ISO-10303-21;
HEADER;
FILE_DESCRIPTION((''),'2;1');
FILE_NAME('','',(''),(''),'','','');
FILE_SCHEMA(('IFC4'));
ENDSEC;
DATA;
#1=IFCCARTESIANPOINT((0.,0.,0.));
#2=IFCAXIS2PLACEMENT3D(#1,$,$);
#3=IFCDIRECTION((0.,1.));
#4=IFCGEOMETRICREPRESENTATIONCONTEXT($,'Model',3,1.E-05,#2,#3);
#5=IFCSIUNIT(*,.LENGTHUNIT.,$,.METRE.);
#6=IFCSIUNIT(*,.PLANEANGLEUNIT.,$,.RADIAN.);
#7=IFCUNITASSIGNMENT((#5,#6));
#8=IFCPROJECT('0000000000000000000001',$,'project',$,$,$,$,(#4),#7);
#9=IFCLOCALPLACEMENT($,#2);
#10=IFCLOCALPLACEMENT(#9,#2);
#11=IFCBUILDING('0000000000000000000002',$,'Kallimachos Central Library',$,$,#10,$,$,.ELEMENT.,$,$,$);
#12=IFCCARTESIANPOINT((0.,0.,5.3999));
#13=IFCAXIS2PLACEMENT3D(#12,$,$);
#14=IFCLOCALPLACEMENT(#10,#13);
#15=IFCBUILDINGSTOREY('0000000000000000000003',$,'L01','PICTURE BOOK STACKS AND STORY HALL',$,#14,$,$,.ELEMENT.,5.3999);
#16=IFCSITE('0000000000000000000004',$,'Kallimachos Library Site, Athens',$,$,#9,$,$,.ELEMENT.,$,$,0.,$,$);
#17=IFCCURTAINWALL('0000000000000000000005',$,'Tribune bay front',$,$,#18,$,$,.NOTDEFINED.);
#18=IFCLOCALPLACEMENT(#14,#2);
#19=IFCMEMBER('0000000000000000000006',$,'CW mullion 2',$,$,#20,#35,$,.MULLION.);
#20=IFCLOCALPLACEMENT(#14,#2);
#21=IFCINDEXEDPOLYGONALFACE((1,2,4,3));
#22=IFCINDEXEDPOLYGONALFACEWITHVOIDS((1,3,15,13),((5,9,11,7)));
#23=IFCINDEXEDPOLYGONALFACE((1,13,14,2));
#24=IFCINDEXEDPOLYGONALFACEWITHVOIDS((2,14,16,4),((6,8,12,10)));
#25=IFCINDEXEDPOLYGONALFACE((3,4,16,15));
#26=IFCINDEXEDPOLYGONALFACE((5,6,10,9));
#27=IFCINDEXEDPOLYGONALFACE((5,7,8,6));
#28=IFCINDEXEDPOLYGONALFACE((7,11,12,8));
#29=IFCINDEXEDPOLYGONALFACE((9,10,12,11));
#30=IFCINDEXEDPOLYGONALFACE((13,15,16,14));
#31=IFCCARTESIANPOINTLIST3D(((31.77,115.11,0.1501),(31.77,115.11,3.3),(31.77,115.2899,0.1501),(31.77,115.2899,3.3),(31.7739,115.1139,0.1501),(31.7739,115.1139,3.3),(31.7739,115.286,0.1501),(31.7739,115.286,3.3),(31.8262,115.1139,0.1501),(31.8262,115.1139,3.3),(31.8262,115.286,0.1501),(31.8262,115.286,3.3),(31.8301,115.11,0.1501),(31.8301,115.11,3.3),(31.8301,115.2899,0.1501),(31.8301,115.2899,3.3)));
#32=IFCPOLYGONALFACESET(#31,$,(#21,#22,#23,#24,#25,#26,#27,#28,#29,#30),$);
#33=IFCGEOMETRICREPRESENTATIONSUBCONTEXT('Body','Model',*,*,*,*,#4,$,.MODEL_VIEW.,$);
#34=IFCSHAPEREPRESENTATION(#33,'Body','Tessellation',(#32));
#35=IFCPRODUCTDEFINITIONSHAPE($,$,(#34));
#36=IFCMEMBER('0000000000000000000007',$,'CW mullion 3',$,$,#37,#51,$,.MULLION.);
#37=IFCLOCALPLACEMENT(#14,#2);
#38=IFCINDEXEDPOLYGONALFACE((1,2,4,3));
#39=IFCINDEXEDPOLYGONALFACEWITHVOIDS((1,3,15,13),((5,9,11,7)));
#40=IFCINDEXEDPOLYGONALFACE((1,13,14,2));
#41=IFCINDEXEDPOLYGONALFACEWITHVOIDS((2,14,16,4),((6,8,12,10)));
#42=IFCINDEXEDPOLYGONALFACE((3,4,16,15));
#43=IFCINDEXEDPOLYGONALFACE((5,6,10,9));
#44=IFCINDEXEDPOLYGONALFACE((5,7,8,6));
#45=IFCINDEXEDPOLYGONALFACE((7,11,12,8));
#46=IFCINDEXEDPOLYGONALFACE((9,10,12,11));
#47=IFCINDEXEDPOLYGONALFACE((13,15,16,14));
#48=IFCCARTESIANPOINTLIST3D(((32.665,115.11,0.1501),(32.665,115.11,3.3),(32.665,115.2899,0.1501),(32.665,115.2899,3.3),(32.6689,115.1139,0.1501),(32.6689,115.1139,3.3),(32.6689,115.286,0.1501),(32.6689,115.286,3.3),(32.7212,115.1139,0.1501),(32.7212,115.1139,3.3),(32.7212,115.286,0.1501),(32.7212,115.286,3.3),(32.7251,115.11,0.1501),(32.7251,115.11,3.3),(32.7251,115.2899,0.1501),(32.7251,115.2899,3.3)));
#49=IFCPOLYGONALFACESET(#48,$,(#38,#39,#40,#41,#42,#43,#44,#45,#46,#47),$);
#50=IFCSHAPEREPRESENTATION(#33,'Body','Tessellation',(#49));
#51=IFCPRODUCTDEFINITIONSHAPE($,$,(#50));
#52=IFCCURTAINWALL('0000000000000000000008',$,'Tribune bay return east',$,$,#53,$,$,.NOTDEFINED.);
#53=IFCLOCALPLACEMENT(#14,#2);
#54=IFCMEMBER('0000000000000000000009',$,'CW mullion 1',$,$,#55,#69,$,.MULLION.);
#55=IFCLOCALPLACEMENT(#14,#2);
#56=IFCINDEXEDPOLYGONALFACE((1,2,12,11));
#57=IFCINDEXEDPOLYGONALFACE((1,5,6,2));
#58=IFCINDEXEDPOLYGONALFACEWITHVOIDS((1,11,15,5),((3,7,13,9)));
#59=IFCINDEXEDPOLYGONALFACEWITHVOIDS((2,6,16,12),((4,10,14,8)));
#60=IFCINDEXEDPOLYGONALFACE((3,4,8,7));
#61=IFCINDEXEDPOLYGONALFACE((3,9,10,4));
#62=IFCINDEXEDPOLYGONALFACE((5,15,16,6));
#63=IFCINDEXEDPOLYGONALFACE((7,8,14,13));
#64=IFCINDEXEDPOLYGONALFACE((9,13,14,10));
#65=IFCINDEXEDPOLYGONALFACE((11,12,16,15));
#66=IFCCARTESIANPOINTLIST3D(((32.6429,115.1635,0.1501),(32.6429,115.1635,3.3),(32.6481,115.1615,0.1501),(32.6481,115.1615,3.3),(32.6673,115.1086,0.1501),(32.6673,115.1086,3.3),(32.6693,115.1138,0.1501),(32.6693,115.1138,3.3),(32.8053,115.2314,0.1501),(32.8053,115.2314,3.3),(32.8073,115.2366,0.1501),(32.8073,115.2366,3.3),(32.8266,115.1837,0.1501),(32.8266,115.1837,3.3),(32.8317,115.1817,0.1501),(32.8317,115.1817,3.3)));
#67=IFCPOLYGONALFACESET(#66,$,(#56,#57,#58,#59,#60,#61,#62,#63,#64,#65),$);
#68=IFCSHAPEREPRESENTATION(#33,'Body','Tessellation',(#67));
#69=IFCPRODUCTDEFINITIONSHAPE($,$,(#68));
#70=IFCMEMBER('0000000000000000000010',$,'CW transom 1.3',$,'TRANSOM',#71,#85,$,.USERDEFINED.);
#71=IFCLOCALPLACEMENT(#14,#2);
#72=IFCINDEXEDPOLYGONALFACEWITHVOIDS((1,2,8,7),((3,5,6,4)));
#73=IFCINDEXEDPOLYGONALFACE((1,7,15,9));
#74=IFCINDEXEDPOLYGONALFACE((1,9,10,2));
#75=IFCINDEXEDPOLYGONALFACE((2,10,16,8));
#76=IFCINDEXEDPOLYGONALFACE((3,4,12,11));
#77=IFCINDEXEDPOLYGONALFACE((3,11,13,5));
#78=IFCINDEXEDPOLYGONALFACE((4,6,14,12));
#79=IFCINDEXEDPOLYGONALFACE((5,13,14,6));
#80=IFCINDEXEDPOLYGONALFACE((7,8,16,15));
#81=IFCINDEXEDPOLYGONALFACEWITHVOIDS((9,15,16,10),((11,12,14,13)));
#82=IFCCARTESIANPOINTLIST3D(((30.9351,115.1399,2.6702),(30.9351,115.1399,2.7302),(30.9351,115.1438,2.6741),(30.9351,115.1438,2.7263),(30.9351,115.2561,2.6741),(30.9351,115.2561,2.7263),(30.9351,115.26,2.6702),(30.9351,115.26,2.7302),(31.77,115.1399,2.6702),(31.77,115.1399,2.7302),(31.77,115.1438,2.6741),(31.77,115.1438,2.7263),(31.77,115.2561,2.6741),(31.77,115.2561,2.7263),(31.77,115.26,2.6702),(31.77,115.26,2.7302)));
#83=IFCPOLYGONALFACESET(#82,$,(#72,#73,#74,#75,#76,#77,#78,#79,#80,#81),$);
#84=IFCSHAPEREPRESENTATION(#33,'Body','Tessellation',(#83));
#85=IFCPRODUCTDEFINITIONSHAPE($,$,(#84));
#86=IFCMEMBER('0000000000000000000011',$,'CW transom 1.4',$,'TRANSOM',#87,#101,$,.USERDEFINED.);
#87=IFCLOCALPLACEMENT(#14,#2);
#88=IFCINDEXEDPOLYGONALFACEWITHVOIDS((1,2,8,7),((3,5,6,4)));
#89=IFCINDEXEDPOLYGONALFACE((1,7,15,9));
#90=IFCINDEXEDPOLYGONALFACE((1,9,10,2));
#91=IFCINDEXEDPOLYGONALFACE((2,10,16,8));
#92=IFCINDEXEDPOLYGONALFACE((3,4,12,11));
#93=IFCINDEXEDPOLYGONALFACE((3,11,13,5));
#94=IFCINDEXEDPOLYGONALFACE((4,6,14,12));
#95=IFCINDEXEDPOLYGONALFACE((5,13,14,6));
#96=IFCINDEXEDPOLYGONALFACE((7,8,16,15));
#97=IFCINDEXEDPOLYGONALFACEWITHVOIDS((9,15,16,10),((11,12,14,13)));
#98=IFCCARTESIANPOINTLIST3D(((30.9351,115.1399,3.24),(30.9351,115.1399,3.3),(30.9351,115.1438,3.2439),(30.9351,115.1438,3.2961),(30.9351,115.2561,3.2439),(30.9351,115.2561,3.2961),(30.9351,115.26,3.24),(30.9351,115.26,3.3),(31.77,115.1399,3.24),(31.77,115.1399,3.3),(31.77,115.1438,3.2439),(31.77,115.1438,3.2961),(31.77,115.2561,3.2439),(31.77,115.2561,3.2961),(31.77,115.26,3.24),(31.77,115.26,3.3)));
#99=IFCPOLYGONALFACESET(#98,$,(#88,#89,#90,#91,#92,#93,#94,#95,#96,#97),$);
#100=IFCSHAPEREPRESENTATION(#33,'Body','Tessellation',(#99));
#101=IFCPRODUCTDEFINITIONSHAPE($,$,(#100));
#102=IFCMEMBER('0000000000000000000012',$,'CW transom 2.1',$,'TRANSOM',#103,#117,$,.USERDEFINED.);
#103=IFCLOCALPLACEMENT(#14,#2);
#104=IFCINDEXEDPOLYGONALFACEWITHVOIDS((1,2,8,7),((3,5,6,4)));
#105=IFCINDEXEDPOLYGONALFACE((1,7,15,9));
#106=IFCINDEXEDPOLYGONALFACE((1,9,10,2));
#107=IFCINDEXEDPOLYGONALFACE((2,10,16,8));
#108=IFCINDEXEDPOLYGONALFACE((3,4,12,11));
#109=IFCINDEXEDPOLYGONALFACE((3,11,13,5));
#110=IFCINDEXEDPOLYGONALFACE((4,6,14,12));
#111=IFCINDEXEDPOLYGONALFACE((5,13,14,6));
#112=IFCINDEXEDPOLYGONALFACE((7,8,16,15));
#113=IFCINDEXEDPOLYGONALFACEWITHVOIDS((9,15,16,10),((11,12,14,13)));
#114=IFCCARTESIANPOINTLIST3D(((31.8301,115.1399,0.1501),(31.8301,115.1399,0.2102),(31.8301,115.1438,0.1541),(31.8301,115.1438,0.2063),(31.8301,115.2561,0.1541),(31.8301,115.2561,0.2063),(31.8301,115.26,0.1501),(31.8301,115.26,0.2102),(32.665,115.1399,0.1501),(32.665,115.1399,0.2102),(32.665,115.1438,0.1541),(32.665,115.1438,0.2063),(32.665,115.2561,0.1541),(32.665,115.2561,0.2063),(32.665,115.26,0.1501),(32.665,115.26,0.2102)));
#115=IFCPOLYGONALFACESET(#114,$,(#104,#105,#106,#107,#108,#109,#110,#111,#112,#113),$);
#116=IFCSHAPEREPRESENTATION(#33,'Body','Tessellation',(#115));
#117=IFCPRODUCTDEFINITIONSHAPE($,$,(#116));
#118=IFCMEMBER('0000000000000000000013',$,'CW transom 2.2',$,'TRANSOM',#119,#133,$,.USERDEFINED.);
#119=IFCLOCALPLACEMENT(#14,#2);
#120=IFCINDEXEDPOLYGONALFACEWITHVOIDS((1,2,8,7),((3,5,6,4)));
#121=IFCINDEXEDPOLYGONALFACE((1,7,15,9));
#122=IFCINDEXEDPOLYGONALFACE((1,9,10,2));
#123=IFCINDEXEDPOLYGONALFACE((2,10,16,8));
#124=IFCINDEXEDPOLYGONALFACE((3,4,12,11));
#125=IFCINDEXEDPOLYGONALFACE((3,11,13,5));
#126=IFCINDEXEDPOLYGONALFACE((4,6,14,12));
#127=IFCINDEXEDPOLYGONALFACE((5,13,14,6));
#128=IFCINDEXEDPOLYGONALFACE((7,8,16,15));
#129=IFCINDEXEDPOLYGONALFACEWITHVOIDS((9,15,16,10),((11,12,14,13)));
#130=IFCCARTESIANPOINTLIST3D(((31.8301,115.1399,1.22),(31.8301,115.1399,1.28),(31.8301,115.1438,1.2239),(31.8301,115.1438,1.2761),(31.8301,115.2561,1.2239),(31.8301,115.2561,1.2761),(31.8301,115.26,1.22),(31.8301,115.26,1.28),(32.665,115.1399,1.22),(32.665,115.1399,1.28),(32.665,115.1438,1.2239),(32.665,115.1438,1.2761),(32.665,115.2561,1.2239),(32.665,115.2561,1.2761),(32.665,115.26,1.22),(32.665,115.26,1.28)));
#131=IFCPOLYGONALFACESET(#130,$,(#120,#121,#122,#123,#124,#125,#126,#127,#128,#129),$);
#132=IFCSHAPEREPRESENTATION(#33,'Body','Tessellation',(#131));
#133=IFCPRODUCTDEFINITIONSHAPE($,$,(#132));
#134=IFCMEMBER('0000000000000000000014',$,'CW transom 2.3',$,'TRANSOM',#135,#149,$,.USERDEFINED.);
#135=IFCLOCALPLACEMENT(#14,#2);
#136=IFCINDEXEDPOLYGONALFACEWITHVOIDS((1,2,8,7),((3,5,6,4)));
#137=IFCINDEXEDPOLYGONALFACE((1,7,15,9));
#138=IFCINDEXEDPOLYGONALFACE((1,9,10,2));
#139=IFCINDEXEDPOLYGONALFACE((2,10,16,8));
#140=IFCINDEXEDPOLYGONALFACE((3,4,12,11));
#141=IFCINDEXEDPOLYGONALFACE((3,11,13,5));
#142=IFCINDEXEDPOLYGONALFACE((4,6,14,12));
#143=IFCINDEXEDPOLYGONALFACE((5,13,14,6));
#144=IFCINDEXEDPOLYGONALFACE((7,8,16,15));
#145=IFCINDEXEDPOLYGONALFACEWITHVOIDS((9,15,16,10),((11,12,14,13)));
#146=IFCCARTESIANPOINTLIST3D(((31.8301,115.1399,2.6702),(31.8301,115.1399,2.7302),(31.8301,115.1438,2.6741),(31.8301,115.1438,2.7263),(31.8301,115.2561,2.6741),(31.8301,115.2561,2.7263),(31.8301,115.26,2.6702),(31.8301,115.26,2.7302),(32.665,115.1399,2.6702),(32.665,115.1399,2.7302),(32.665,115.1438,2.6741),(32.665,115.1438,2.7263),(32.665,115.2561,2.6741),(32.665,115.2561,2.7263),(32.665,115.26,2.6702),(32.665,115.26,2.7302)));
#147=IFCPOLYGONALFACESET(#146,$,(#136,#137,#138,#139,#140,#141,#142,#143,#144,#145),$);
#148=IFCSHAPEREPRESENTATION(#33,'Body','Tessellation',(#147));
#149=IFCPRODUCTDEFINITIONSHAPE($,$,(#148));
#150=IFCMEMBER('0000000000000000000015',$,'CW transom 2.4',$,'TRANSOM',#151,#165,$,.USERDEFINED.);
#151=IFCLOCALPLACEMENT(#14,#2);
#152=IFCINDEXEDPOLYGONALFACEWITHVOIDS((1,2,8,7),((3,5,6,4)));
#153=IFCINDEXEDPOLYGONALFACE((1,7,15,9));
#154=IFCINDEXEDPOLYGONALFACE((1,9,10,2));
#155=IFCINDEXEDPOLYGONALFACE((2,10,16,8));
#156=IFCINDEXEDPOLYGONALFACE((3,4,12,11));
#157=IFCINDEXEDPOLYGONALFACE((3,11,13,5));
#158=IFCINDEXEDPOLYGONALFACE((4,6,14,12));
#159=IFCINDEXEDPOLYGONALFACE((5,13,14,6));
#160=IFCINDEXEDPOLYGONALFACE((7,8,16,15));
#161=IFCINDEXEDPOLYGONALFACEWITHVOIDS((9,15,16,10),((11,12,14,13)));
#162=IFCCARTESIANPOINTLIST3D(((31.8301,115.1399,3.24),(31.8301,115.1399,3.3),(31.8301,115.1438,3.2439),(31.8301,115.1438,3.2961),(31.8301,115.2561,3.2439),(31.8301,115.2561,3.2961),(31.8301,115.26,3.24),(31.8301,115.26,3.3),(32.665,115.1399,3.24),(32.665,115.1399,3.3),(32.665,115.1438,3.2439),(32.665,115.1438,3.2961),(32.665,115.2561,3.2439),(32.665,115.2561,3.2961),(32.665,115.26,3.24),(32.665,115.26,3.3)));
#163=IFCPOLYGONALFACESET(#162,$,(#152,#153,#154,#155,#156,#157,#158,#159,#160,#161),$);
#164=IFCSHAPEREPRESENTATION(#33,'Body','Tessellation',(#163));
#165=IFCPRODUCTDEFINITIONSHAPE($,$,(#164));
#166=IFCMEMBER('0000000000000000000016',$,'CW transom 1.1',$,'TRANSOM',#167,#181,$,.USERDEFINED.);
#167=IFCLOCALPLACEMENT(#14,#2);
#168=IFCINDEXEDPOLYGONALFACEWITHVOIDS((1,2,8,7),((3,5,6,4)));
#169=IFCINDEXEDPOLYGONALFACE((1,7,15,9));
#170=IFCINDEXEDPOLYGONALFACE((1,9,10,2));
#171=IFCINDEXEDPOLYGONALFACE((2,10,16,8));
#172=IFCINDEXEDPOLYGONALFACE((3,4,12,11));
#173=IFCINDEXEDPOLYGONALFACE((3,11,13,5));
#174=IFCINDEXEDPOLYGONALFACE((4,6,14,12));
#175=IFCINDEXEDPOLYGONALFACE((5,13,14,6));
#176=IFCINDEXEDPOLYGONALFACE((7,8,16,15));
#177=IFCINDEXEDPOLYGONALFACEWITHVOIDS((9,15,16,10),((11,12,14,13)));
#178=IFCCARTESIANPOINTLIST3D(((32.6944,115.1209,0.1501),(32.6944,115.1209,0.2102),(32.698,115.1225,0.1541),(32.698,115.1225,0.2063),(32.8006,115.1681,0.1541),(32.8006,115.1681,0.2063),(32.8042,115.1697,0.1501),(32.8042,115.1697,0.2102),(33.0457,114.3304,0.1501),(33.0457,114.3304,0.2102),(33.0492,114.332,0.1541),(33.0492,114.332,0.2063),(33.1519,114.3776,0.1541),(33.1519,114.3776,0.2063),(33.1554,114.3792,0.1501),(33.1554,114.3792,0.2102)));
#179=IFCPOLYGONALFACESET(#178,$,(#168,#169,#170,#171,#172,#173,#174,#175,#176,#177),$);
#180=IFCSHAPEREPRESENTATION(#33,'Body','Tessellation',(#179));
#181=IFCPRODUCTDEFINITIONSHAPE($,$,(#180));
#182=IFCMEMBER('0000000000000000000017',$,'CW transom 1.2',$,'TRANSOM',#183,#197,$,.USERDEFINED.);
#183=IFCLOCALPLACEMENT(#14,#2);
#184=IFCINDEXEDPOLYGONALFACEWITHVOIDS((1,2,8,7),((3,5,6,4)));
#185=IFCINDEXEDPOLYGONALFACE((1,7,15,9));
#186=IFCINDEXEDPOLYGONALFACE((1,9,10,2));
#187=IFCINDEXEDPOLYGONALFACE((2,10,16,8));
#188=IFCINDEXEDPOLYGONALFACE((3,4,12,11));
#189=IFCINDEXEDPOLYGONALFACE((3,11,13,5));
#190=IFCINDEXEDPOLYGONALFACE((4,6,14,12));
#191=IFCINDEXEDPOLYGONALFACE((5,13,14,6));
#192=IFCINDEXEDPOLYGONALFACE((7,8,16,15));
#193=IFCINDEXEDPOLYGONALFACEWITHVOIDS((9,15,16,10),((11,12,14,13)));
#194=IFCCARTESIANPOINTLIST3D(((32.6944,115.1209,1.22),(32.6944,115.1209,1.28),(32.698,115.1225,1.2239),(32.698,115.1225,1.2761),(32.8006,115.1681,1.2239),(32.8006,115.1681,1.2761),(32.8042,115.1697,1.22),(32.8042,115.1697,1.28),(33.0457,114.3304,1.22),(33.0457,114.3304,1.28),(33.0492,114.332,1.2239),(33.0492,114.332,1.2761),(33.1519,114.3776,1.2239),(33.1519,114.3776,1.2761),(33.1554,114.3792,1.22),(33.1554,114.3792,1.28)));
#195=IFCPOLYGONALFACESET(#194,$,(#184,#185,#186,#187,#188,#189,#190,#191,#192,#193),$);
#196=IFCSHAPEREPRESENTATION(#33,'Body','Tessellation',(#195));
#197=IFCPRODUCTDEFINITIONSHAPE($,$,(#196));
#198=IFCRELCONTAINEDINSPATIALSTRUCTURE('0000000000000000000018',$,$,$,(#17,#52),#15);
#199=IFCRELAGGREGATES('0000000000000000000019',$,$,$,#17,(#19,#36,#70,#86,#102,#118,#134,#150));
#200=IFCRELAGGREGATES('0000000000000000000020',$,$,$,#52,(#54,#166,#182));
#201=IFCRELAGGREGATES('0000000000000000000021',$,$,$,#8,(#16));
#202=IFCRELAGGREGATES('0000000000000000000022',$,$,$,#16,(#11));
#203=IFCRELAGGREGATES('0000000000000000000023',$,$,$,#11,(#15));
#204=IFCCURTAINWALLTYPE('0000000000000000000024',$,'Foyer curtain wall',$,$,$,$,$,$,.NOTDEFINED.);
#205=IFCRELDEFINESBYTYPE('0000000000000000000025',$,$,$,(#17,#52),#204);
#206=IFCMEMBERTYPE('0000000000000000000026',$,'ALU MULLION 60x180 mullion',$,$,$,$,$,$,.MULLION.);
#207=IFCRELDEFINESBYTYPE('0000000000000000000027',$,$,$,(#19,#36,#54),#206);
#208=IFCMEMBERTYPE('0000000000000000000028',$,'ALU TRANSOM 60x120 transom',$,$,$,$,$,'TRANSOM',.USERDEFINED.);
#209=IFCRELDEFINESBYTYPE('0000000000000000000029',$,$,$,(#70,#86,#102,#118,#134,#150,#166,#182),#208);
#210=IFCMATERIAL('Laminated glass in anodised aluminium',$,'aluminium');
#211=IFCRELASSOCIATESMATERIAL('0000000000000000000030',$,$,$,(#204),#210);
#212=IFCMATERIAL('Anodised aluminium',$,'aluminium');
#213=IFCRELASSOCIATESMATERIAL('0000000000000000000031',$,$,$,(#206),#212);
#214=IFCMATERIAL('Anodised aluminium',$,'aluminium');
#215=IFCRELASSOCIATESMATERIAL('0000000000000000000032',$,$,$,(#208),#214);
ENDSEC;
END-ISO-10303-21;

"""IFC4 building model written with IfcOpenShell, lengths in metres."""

from ifc_helpers import new_model, si_unit, direction, frame, origin, origin_2d, place, context, subcontext, project, spatial, hollow_rectangle, extrude, material, material_profile, profile_set, type_object, element, aggregate, save


model = new_model("IFC4")

# Units and contexts
model_context = context("Model", 3, precision=1e-05, world=origin(), true_north=direction((0.0, 1.0)))
body_context = subcontext(model_context, "Body", "Model", "MODEL_VIEW")
ifc_project = project(units=[si_unit("LENGTHUNIT", "METRE"), si_unit("PLANEANGLEUNIT", "RADIAN")], contexts=[model_context])

# Site, building, storey
site_placement = place(None, origin())
site = spatial("IfcSite", under=ifc_project, at=site_placement, Name="Kallimachos Library Site, Athens", CompositionType="ELEMENT", RefElevation=0.0)
building_placement = place(site_placement, origin())
building = spatial("IfcBuilding", under=site, at=building_placement, Name="Kallimachos Central Library", CompositionType="ELEMENT")
storey_placement = place(building_placement, frame((0.0, 0.0, 5.3999)))
storey = spatial("IfcBuildingStorey", under=building, at=storey_placement, Name="L01", Description="PICTURE BOOK STACKS AND STORY HALL", CompositionType="ELEMENT", Elevation=5.3999)

# Curtain wall, members
ifc_material_1 = material(Name="Laminated glass in anodised aluminium", Category="aluminium")
curtain_wall_type = type_object("IfcCurtainWallType", Name="Foyer curtain wall", PredefinedType="NOTDEFINED", material=ifc_material_1)
curtain_wall_1_placement = place(storey_placement, origin())
curtain_wall_1 = element("IfcCurtainWall", 1, at=curtain_wall_1_placement, inside=storey, type_object=curtain_wall_type, Name="Tribune bay front", PredefinedType="NOTDEFINED")
ifc_material_2 = material(Name="Anodised aluminium", Category="aluminium")
ifc_material_profile_1 = material_profile(ifc_material_2, hollow_rectangle(XDim=0.0601, YDim=0.1799, WallThickness=0.0039, at=origin_2d()), Name="ALU MULLION 60x180")
ifc_profile_set_1 = profile_set([ifc_material_profile_1], Name="Anodised aluminium")
member_type_1 = type_object("IfcMemberType", Name="ALU MULLION 60x180 mullion", PredefinedType="MULLION", material=ifc_profile_set_1)
member_1_placement = place(storey_placement, frame((31.8, 115.2, 0.1501), z_axis=(0.0, 0.0, 1.0), x_axis=(1.0, 0.0, 0.0)))
member_1 = element("IfcMember", 2, at=member_1_placement, type_object=member_type_1, Name="CW mullion 2", PredefinedType="MULLION", context=body_context, shape_type="SweptSolid", body=[
    extrude(hollow_rectangle(XDim=0.0601, YDim=0.1799, WallThickness=0.0039, at=origin_2d()), origin(), (0.0, 0.0, 1.0), 3.1499),
])
member_2_placement = place(storey_placement, frame((32.6951, 115.2, 0.1501), z_axis=(0.0, 0.0, 1.0), x_axis=(1.0, 0.0, 0.0)))
member_2 = element("IfcMember", 3, at=member_2_placement, type_object=member_type_1, Name="CW mullion 3", PredefinedType="MULLION", context=body_context, shape_type="SweptSolid", body=[
    extrude(hollow_rectangle(XDim=0.0601, YDim=0.1799, WallThickness=0.0039, at=origin_2d()), origin(), (0.0, 0.0, 1.0), 3.1499),
])

# Curtain wall, member
curtain_wall_2_placement = place(storey_placement, origin())
curtain_wall_2 = element("IfcCurtainWall", 4, at=curtain_wall_2_placement, inside=storey, type_object=curtain_wall_type, Name="Tribune bay return east", PredefinedType="NOTDEFINED")
member_3_placement = place(storey_placement, frame((32.7373, 115.1726, 0.1501), z_axis=(0.0, 0.0, 1.0), x_axis=(0.406138, -0.913812, 0.0)))
member_3 = element("IfcMember", 5, at=member_3_placement, type_object=member_type_1, Name="CW mullion 1", PredefinedType="MULLION", context=body_context, shape_type="SweptSolid", body=[
    extrude(hollow_rectangle(XDim=0.0601, YDim=0.1799, WallThickness=0.0039, at=origin_2d()), origin(), (0.0, 0.0, 1.0), 3.1499),
])

# Members
ifc_material_3 = material(Name="Anodised aluminium", Category="aluminium")
ifc_material_profile_2 = material_profile(ifc_material_3, hollow_rectangle(XDim=0.0601, YDim=0.1201, WallThickness=0.0039, at=origin_2d()), Name="ALU TRANSOM 60x120")
ifc_profile_set_2 = profile_set([ifc_material_profile_2], Name="Anodised aluminium")
member_type_2 = type_object("IfcMemberType", Name="ALU TRANSOM 60x120 transom", ElementType="TRANSOM", PredefinedType="USERDEFINED", material=ifc_profile_set_2)
member_4_placement = place(storey_placement, frame((30.9351, 115.2, 2.7002), z_axis=(1.0, 0.0, 0.0), x_axis=(0.0, 0.0, 1.0)))
member_4 = element("IfcMember", 6, at=member_4_placement, type_object=member_type_2, Name="CW transom 1.3", ObjectType="TRANSOM", PredefinedType="USERDEFINED", context=body_context, shape_type="SweptSolid", body=[
    extrude(hollow_rectangle(XDim=0.0601, YDim=0.1201, WallThickness=0.0039, at=origin_2d()), origin(), (0.0, 0.0, 1.0), 0.835),
])
member_5_placement = place(storey_placement, frame((30.9351, 115.2, 3.27), z_axis=(1.0, 0.0, 0.0), x_axis=(0.0, 0.0, 1.0)))
member_5 = element("IfcMember", 7, at=member_5_placement, type_object=member_type_2, Name="CW transom 1.4", ObjectType="TRANSOM", PredefinedType="USERDEFINED", context=body_context, shape_type="SweptSolid", body=[
    extrude(hollow_rectangle(XDim=0.0601, YDim=0.1201, WallThickness=0.0039, at=origin_2d()), origin(), (0.0, 0.0, 1.0), 0.835),
])
member_6_placement = place(storey_placement, frame((31.8301, 115.2, 0.1802), z_axis=(1.0, 0.0, 0.0), x_axis=(0.0, 0.0, 1.0)))
member_6 = element("IfcMember", 8, at=member_6_placement, type_object=member_type_2, Name="CW transom 2.1", ObjectType="TRANSOM", PredefinedType="USERDEFINED", context=body_context, shape_type="SweptSolid", body=[
    extrude(hollow_rectangle(XDim=0.0601, YDim=0.1201, WallThickness=0.0039, at=origin_2d()), origin(), (0.0, 0.0, 1.0), 0.835),
])
member_7_placement = place(storey_placement, frame((31.8301, 115.2, 1.25), z_axis=(1.0, 0.0, 0.0), x_axis=(0.0, 0.0, 1.0)))
member_7 = element("IfcMember", 9, at=member_7_placement, type_object=member_type_2, Name="CW transom 2.2", ObjectType="TRANSOM", PredefinedType="USERDEFINED", context=body_context, shape_type="SweptSolid", body=[
    extrude(hollow_rectangle(XDim=0.0601, YDim=0.1201, WallThickness=0.0039, at=origin_2d()), origin(), (0.0, 0.0, 1.0), 0.835),
])
member_8_placement = place(storey_placement, frame((31.8301, 115.2, 2.7002), z_axis=(1.0, 0.0, 0.0), x_axis=(0.0, 0.0, 1.0)))
member_8 = element("IfcMember", 10, at=member_8_placement, type_object=member_type_2, Name="CW transom 2.3", ObjectType="TRANSOM", PredefinedType="USERDEFINED", context=body_context, shape_type="SweptSolid", body=[
    extrude(hollow_rectangle(XDim=0.0601, YDim=0.1201, WallThickness=0.0039, at=origin_2d()), origin(), (0.0, 0.0, 1.0), 0.835),
])
member_9_placement = place(storey_placement, frame((31.8301, 115.2, 3.27), z_axis=(1.0, 0.0, 0.0), x_axis=(0.0, 0.0, 1.0)))
member_9 = element("IfcMember", 11, at=member_9_placement, type_object=member_type_2, Name="CW transom 2.4", ObjectType="TRANSOM", PredefinedType="USERDEFINED", context=body_context, shape_type="SweptSolid", body=[
    extrude(hollow_rectangle(XDim=0.0601, YDim=0.1201, WallThickness=0.0039, at=origin_2d()), origin(), (0.0, 0.0, 1.0), 0.835),
])
member_10_placement = place(storey_placement, frame((32.7493, 115.1453, 0.1802), z_axis=(0.406112, -0.913823, 0.0), x_axis=(0.0, 0.0, 1.0)))
member_10 = element("IfcMember", 12, at=member_10_placement, type_object=member_type_2, Name="CW transom 1.1", ObjectType="TRANSOM", PredefinedType="USERDEFINED", context=body_context, shape_type="SweptSolid", body=[
    extrude(hollow_rectangle(XDim=0.0601, YDim=0.1201, WallThickness=0.0039, at=origin_2d()), origin(), (0.0, 0.0, 1.0), 0.865),
])
member_11_placement = place(storey_placement, frame((32.7493, 115.1453, 1.25), z_axis=(0.406112, -0.913823, 0.0), x_axis=(0.0, 0.0, 1.0)))
member_11 = element("IfcMember", 13, at=member_11_placement, type_object=member_type_2, Name="CW transom 1.2", ObjectType="TRANSOM", PredefinedType="USERDEFINED", context=body_context, shape_type="SweptSolid", body=[
    extrude(hollow_rectangle(XDim=0.0601, YDim=0.1201, WallThickness=0.0039, at=origin_2d()), origin(), (0.0, 0.0, 1.0), 0.865),
])

aggregate(curtain_wall_1, [member_1, member_2, member_4, member_5, member_6, member_7, member_8, member_9])
aggregate(curtain_wall_2, [member_3, member_10, member_11])

save(model, "model.ifc")
